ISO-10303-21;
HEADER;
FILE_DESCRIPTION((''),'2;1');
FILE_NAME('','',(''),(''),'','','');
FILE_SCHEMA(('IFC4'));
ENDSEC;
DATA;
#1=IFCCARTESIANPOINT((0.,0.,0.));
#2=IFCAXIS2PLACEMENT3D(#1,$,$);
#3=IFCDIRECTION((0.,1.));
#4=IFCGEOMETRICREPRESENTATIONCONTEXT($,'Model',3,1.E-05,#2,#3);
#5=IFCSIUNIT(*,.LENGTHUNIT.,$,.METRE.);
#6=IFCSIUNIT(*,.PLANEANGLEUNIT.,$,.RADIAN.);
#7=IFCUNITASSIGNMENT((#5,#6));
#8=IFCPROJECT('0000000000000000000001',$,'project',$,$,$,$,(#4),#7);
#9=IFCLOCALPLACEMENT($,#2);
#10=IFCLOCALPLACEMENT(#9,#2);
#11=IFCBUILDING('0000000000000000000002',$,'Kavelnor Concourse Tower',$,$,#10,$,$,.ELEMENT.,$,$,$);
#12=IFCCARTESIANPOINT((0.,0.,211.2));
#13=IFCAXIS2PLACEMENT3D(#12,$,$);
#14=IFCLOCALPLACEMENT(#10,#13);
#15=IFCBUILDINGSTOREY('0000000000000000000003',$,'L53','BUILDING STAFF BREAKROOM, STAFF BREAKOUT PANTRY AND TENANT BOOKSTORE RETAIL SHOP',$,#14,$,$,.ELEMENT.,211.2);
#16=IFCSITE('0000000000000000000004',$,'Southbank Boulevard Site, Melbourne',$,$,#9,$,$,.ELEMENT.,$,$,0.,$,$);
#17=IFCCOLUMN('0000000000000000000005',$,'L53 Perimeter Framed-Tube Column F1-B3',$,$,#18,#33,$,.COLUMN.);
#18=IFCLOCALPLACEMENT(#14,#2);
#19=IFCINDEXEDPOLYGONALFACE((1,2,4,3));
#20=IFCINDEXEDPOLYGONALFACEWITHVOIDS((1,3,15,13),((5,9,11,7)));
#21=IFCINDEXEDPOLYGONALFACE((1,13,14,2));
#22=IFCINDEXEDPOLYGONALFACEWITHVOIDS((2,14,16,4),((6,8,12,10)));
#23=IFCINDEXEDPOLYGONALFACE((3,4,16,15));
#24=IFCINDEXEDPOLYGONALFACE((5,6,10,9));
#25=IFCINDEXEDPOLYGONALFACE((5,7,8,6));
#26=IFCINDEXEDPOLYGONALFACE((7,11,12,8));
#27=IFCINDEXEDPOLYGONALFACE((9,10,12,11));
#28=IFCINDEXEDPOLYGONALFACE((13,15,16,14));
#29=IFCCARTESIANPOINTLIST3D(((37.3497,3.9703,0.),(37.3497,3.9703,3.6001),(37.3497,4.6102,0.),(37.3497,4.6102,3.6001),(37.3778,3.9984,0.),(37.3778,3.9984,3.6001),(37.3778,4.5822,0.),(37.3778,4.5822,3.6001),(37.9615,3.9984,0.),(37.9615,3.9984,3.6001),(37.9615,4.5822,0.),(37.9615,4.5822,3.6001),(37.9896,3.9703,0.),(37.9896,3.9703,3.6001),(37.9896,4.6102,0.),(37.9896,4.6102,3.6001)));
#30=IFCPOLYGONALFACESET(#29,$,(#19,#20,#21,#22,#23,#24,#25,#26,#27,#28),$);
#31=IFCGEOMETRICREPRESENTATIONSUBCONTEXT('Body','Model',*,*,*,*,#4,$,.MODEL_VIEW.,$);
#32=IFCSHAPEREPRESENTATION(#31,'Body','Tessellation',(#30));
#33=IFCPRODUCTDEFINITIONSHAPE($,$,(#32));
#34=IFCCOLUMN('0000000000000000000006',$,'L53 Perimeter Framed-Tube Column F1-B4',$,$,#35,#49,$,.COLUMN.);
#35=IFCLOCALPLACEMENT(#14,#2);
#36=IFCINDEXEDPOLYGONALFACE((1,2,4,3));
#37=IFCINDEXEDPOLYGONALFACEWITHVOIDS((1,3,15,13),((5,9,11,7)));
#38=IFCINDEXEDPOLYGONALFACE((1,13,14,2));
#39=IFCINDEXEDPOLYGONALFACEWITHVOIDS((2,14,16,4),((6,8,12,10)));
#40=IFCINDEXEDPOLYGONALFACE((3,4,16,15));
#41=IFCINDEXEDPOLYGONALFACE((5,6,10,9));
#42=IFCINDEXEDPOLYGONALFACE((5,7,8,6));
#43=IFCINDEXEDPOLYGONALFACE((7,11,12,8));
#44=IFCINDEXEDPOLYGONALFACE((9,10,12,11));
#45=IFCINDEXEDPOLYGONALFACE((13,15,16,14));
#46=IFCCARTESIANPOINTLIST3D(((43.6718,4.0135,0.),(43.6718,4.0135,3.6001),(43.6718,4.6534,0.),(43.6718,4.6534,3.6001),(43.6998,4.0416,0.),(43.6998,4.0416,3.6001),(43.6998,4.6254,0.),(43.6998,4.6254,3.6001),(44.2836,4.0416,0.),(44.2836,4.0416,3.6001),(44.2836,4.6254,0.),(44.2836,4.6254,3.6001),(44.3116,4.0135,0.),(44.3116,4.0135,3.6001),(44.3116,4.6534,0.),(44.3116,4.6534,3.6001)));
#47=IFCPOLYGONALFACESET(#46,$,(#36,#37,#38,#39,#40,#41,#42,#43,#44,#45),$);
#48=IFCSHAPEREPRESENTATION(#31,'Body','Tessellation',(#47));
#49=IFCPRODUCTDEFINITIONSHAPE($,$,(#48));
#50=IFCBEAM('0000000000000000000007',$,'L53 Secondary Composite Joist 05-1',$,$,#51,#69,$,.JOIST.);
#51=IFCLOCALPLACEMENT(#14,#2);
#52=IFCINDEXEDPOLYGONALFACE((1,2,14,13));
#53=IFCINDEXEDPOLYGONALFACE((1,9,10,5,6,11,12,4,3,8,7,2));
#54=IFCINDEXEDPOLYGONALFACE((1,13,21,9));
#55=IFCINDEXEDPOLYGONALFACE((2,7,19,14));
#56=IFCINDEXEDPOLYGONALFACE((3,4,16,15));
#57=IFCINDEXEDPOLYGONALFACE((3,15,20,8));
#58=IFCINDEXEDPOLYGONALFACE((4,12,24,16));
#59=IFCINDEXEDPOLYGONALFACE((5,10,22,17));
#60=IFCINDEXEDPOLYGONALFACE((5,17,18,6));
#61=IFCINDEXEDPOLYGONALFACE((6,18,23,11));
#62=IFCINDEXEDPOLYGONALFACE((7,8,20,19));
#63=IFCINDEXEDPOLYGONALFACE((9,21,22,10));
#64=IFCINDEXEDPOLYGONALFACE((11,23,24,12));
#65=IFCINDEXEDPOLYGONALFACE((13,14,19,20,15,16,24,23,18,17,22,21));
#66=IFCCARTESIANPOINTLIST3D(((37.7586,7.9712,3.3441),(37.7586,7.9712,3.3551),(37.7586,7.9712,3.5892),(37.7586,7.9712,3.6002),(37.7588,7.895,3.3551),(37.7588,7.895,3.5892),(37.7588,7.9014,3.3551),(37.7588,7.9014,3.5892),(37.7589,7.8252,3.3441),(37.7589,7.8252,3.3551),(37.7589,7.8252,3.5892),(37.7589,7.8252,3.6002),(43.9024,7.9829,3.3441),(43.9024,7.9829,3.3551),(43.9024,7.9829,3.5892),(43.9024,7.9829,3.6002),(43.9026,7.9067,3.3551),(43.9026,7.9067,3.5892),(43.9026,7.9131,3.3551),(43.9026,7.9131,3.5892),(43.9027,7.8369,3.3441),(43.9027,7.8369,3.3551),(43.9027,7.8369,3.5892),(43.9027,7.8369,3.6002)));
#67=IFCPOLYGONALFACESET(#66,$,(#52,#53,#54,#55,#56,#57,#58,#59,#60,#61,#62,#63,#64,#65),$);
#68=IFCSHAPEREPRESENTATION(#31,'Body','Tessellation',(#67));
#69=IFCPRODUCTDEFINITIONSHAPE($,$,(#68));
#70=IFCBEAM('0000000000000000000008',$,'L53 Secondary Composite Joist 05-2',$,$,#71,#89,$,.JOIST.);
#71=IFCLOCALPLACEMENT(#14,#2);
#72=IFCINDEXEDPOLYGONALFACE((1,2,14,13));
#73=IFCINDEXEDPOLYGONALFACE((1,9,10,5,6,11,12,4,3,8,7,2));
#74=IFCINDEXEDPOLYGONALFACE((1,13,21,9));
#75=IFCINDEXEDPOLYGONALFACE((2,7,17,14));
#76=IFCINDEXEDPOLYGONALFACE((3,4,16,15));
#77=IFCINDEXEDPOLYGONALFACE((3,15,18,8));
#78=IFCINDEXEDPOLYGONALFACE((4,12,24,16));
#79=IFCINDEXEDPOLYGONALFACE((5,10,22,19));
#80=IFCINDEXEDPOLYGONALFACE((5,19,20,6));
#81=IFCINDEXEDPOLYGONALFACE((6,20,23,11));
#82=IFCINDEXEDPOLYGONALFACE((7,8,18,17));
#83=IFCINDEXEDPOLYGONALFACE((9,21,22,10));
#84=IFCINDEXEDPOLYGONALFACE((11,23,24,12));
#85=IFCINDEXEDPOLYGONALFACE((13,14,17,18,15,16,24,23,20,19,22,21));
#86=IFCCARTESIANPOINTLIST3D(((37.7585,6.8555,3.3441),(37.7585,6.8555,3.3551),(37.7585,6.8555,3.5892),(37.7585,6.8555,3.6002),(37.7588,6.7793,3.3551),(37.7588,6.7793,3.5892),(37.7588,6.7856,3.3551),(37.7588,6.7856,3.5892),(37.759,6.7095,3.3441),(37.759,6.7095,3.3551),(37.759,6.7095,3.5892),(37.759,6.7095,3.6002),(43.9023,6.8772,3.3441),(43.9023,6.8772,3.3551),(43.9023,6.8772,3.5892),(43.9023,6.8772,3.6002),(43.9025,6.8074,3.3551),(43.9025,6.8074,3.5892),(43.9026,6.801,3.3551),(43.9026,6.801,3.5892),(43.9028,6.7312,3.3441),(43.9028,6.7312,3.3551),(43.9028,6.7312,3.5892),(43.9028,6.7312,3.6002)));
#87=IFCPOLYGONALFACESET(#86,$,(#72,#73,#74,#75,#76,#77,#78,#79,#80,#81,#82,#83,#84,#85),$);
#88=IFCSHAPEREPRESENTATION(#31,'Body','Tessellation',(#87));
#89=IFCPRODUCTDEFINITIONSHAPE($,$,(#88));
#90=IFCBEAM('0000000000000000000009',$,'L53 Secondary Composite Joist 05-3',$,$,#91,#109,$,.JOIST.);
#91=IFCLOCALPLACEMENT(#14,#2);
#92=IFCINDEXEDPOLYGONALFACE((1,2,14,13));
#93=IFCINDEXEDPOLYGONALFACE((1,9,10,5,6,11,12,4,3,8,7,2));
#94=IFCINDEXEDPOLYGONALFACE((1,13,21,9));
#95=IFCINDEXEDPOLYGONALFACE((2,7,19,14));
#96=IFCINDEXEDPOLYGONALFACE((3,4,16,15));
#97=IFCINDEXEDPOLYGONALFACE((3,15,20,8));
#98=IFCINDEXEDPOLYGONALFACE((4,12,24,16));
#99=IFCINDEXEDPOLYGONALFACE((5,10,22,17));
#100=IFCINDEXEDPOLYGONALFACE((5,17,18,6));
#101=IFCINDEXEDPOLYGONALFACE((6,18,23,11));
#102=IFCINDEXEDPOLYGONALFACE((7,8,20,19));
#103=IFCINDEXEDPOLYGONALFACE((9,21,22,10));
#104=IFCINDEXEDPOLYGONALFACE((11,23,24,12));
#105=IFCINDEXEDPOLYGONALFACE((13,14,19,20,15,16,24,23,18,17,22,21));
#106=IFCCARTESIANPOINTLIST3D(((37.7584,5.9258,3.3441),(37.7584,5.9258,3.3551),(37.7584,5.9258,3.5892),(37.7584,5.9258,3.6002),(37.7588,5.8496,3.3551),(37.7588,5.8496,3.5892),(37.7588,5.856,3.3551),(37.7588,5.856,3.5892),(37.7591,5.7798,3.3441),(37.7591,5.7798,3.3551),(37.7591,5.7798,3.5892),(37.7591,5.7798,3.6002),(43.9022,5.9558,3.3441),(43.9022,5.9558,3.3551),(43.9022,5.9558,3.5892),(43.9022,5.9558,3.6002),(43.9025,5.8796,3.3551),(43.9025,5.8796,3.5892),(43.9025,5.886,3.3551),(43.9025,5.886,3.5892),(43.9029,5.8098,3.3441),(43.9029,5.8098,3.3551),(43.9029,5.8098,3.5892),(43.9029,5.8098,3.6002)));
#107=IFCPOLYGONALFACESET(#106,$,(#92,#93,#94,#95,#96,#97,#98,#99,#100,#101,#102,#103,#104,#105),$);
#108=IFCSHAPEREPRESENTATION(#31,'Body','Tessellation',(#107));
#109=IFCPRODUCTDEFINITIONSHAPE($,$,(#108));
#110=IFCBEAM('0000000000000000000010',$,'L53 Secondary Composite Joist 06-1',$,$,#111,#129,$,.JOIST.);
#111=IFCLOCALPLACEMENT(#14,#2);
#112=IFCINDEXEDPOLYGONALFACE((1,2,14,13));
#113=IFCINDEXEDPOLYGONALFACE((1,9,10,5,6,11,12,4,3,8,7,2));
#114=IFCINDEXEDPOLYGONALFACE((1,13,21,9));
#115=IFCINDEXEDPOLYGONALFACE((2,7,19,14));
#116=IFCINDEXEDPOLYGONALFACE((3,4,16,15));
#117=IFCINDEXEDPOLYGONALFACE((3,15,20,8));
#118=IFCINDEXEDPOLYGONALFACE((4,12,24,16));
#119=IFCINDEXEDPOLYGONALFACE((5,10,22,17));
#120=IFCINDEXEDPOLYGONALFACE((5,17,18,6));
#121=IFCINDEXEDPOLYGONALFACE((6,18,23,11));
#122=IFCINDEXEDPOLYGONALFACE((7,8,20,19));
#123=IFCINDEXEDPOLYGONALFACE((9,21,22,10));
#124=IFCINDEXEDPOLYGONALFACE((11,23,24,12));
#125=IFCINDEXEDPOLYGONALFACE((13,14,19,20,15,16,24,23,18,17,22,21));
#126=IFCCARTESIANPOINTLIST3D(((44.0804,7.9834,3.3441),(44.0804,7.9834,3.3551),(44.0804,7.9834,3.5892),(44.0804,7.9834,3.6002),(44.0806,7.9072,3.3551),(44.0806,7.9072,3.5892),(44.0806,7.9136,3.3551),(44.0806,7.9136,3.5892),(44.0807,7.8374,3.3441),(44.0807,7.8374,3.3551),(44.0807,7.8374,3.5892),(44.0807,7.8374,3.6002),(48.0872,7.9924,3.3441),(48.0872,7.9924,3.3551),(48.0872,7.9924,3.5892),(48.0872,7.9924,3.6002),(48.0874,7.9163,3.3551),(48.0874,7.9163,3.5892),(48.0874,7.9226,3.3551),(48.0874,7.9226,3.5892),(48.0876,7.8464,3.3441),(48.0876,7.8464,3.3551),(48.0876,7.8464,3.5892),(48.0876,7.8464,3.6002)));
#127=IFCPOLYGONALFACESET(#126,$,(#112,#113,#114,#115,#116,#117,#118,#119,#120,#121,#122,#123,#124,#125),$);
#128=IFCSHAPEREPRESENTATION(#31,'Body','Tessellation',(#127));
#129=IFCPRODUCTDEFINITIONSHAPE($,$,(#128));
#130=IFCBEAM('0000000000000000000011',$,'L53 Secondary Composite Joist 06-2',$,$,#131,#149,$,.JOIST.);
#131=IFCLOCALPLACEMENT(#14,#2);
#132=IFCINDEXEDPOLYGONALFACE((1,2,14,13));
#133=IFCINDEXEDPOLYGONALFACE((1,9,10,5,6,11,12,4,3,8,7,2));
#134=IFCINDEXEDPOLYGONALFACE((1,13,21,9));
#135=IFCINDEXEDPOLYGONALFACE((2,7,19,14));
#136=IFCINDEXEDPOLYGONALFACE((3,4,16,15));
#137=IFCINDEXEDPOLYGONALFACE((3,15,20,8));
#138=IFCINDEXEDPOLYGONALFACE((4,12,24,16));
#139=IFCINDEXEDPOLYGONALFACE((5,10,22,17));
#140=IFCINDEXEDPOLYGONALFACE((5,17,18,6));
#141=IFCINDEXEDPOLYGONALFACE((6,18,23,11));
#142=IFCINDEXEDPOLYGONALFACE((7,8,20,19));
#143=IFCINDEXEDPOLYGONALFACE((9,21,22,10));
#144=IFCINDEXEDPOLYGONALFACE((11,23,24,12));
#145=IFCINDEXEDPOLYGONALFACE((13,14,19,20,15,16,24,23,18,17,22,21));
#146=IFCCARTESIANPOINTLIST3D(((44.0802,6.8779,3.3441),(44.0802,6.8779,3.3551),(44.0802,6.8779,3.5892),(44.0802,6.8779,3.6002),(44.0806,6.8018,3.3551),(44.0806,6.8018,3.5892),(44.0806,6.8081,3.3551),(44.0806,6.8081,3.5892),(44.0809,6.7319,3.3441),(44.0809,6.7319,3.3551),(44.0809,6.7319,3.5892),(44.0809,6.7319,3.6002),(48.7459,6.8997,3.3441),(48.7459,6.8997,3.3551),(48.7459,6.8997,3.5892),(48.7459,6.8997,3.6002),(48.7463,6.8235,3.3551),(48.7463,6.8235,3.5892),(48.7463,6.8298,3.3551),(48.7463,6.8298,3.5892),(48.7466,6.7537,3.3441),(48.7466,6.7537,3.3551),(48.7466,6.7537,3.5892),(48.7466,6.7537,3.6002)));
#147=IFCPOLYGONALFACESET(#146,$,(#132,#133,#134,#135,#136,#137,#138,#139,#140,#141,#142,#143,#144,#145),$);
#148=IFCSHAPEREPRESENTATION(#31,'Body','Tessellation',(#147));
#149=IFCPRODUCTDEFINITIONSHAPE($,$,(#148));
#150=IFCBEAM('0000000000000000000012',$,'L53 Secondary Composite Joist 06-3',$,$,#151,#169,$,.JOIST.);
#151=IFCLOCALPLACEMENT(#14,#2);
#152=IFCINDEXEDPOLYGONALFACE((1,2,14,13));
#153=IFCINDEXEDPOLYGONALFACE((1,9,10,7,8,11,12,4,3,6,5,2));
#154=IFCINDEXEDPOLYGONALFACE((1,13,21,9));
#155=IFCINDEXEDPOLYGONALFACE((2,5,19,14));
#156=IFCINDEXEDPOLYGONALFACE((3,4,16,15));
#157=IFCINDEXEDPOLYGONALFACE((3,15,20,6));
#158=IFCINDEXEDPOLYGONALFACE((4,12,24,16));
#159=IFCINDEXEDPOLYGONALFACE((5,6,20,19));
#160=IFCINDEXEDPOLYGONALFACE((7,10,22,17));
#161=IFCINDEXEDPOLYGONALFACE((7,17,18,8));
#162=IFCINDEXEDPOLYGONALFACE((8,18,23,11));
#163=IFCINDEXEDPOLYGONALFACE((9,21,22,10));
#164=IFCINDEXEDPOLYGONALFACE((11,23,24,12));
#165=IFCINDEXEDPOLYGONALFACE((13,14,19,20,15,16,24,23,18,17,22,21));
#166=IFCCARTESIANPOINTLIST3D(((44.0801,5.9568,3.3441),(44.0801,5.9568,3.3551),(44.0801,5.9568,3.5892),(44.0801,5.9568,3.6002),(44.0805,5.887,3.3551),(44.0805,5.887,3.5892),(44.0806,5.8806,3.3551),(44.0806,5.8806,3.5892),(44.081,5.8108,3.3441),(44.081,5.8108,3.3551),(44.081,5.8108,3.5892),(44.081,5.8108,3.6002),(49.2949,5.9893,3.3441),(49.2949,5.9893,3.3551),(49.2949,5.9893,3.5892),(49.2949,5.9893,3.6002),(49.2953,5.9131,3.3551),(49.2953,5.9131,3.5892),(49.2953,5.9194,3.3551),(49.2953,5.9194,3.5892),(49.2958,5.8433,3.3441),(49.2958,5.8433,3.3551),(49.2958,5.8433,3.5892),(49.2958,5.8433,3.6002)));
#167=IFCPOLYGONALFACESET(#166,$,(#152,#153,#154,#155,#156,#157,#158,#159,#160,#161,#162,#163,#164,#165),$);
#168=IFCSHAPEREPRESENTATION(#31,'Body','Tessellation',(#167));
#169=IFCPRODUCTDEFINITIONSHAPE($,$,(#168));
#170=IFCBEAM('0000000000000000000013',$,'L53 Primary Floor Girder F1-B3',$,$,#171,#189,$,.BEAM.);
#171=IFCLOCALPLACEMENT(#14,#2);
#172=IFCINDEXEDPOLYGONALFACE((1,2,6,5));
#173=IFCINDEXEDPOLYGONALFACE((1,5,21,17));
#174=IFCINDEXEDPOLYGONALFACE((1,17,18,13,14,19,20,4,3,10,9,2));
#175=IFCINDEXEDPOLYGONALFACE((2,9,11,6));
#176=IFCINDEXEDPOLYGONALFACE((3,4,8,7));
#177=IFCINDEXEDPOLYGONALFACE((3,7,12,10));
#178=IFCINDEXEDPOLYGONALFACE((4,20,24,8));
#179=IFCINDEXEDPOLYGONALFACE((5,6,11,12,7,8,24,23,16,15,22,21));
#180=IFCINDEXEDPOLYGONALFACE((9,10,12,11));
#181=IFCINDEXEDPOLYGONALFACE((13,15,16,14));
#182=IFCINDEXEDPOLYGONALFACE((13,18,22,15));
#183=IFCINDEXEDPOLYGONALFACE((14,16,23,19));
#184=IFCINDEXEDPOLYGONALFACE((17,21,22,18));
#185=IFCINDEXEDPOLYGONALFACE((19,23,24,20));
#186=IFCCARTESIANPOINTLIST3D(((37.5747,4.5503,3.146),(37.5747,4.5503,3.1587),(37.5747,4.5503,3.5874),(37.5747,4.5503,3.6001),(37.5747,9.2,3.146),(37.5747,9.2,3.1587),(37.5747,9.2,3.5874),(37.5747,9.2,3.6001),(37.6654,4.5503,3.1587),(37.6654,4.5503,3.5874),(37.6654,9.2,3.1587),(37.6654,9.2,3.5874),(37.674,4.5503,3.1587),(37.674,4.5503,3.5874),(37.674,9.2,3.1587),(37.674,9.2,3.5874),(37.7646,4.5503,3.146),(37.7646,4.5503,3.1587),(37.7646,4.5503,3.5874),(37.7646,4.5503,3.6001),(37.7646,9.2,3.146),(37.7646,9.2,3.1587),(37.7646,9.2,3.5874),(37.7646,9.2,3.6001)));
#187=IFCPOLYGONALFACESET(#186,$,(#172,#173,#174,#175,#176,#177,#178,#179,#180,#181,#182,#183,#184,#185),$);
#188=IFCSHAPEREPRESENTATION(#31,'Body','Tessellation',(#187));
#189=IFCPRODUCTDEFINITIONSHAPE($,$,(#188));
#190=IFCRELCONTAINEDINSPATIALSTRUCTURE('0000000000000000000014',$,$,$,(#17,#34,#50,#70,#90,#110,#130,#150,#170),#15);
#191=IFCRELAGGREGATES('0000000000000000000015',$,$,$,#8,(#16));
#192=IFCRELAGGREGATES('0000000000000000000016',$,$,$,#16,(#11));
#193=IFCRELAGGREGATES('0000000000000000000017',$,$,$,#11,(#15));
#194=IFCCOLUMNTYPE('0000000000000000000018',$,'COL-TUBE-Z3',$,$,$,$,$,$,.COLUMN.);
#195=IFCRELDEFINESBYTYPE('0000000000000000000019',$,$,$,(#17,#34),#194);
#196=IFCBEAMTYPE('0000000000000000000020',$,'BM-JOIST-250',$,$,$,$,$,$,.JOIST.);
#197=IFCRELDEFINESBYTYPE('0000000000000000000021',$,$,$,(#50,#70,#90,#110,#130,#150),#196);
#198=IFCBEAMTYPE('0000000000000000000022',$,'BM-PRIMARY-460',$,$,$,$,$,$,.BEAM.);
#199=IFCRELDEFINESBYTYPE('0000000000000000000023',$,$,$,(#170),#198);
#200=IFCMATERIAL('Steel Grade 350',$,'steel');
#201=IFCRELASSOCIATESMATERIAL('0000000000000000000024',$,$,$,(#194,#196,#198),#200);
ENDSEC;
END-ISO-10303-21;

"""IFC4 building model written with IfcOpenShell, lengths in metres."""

from ifc_helpers import new_model, si_unit, direction, frame, origin, origin_2d, place, context, subcontext, project, spatial, hollow_rectangle, i_section, extrude, material, material_profile, profile_set, type_object, element, save


model = new_model("IFC4")

# Units and contexts
model_context = context("Model", 3, precision=1e-05, world=origin(), true_north=direction((0.0, 1.0)))
body_context = subcontext(model_context, "Body", "Model", "MODEL_VIEW")
ifc_project = project(units=[si_unit("LENGTHUNIT", "METRE"), si_unit("PLANEANGLEUNIT", "RADIAN")], contexts=[model_context])

# Site, building, storey
site_placement = place(None, origin())
site = spatial("IfcSite", under=ifc_project, at=site_placement, Name="Southbank Boulevard Site, Melbourne", CompositionType="ELEMENT", RefElevation=0.0)
building_placement = place(site_placement, origin())
building = spatial("IfcBuilding", under=site, at=building_placement, Name="Kavelnor Concourse Tower", CompositionType="ELEMENT")
storey_placement = place(building_placement, frame((0.0, 0.0, 211.2)))
storey = spatial("IfcBuildingStorey", under=building, at=storey_placement, Name="L53", Description="BUILDING STAFF BREAKROOM, STAFF BREAKOUT PANTRY AND TENANT BOOKSTORE RETAIL SHOP", CompositionType="ELEMENT", Elevation=211.2)

# Columns
ifc_material_1 = material(Name="Steel Grade 350", Category="steel")
ifc_material_profile_1 = material_profile(ifc_material_1, hollow_rectangle(XDim=0.6399, YDim=0.6399, WallThickness=0.0281, at=origin_2d()), Name="SHS 640x640x28")
ifc_profile_set_1 = profile_set([ifc_material_profile_1], Name="Steel Grade 350")
column_type = type_object("IfcColumnType", Name="COL-TUBE-Z3", PredefinedType="COLUMN", material=ifc_profile_set_1)
for number, where, z_axis, x_axis, name in (
    (1, (37.6697, 4.2903, 0.0), (0.0, 0.0, 1.0), (1.0, 0.0, 0.0), "L53 Perimeter Framed-Tube Column F1-B3"),
    (2, (43.9917, 4.3335, 0.0), (0.0, 0.0, 1.0), (1.0, 0.0, 0.0), "L53 Perimeter Framed-Tube Column F1-B4"),
):
    element("IfcColumn", number, at=place(storey_placement, frame(where, z_axis=z_axis, x_axis=x_axis)), inside=storey, type_object=column_type, Name=name, PredefinedType="COLUMN", context=body_context, shape_type="SweptSolid", body=[
        extrude(hollow_rectangle(XDim=0.6399, YDim=0.6399, WallThickness=0.0281, at=origin_2d()), origin(), (0.0, 0.0, 1.0), 3.6001),
    ])

# Beams
ifc_material_profile_2 = material_profile(ifc_material_1, i_section(OverallWidth=0.146, OverallDepth=0.2561, WebThickness=0.0063, FlangeThickness=0.011, at=origin_2d()), Name="250UB37")
ifc_profile_set_2 = profile_set([ifc_material_profile_2], Name="Steel Grade 350")
beam_type_1 = type_object("IfcBeamType", Name="BM-JOIST-250", PredefinedType="JOIST", material=ifc_profile_set_2)
for number, where, z_axis, x_axis, name in (
    (3, (37.7588, 7.8982, 3.4722), (0.999998, 0.001907, 0.0), (-0.001907, 0.999998, 0.0), "L53 Secondary Composite Joist 05-1"),
    (4, (37.7588, 6.7825, 3.4722), (0.999994, 0.003537, 0.0), (-0.003537, 0.999994, 0.0), "L53 Secondary Composite Joist 05-2"),
    (5, (37.7588, 5.8528, 3.4722), (0.999988, 0.004888, 0.0), (-0.004888, 0.999988, 0.0), "L53 Secondary Composite Joist 05-3"),
):
    element("IfcBeam", number, at=place(storey_placement, frame(where, z_axis=z_axis, x_axis=x_axis)), inside=storey, type_object=beam_type_1, Name=name, PredefinedType="JOIST", context=body_context, shape_type="SweptSolid", body=[
        extrude(i_section(OverallWidth=0.146, OverallDepth=0.2561, WebThickness=0.0063, FlangeThickness=0.011, at=origin_2d()), origin(), (0.0, 0.0, 1.0), 6.1438),
    ])
beam_1_placement = place(storey_placement, frame((44.0806, 7.9104, 3.4722), z_axis=(0.999997, 0.002254, 0.0), x_axis=(-0.002254, 0.999997, 0.0)))
element("IfcBeam", 6, at=beam_1_placement, inside=storey, type_object=beam_type_1, Name="L53 Secondary Composite Joist 06-1", PredefinedType="JOIST", context=body_context, shape_type="SweptSolid", body=[
    extrude(i_section(OverallWidth=0.146, OverallDepth=0.2561, WebThickness=0.0063, FlangeThickness=0.011, at=origin_2d()), origin(), (0.0, 0.0, 1.0), 4.0068),
])
beam_2_placement = place(storey_placement, frame((44.0806, 6.8049, 3.4722), z_axis=(0.999989, 0.004657, 0.0), x_axis=(-0.004657, 0.999989, 0.0)))
element("IfcBeam", 7, at=beam_2_placement, inside=storey, type_object=beam_type_1, Name="L53 Secondary Composite Joist 06-2", PredefinedType="JOIST", context=body_context, shape_type="SweptSolid", body=[
    extrude(i_section(OverallWidth=0.146, OverallDepth=0.2561, WebThickness=0.0063, FlangeThickness=0.011, at=origin_2d()), origin(), (0.0, 0.0, 1.0), 4.6658),
])
beam_3_placement = place(storey_placement, frame((44.0806, 5.8838, 3.4722), z_axis=(0.999981, 0.006226, 0.0), x_axis=(-0.006226, 0.999981, 0.0)))
element("IfcBeam", 8, at=beam_3_placement, inside=storey, type_object=beam_type_1, Name="L53 Secondary Composite Joist 06-3", PredefinedType="JOIST", context=body_context, shape_type="SweptSolid", body=[
    extrude(i_section(OverallWidth=0.146, OverallDepth=0.2561, WebThickness=0.0063, FlangeThickness=0.011, at=origin_2d()), origin(), (0.0, 0.0, 1.0), 5.2148),
])
ifc_material_profile_3 = material_profile(ifc_material_1, i_section(OverallWidth=0.1899, OverallDepth=0.4541, WebThickness=0.0085, FlangeThickness=0.0127, at=origin_2d()), Name="460UB67")
ifc_profile_set_3 = profile_set([ifc_material_profile_3], Name="Steel Grade 350")
beam_type_2 = type_object("IfcBeamType", Name="BM-PRIMARY-460", PredefinedType="BEAM", material=ifc_profile_set_3)
beam_4_placement = place(storey_placement, frame((37.6697, 9.2, 3.373), z_axis=(0.0, -1.0, 0.0), x_axis=(1.0, 0.0, 0.0)))
element("IfcBeam", 9, at=beam_4_placement, inside=storey, type_object=beam_type_2, Name="L53 Primary Floor Girder F1-B3", PredefinedType="BEAM", context=body_context, shape_type="SweptSolid", body=[
    extrude(i_section(OverallWidth=0.1899, OverallDepth=0.4541, WebThickness=0.0085, FlangeThickness=0.0127, at=origin_2d()), origin(), (0.0, 0.0, 1.0), 4.6497),
])

save(model, "model.ifc")
